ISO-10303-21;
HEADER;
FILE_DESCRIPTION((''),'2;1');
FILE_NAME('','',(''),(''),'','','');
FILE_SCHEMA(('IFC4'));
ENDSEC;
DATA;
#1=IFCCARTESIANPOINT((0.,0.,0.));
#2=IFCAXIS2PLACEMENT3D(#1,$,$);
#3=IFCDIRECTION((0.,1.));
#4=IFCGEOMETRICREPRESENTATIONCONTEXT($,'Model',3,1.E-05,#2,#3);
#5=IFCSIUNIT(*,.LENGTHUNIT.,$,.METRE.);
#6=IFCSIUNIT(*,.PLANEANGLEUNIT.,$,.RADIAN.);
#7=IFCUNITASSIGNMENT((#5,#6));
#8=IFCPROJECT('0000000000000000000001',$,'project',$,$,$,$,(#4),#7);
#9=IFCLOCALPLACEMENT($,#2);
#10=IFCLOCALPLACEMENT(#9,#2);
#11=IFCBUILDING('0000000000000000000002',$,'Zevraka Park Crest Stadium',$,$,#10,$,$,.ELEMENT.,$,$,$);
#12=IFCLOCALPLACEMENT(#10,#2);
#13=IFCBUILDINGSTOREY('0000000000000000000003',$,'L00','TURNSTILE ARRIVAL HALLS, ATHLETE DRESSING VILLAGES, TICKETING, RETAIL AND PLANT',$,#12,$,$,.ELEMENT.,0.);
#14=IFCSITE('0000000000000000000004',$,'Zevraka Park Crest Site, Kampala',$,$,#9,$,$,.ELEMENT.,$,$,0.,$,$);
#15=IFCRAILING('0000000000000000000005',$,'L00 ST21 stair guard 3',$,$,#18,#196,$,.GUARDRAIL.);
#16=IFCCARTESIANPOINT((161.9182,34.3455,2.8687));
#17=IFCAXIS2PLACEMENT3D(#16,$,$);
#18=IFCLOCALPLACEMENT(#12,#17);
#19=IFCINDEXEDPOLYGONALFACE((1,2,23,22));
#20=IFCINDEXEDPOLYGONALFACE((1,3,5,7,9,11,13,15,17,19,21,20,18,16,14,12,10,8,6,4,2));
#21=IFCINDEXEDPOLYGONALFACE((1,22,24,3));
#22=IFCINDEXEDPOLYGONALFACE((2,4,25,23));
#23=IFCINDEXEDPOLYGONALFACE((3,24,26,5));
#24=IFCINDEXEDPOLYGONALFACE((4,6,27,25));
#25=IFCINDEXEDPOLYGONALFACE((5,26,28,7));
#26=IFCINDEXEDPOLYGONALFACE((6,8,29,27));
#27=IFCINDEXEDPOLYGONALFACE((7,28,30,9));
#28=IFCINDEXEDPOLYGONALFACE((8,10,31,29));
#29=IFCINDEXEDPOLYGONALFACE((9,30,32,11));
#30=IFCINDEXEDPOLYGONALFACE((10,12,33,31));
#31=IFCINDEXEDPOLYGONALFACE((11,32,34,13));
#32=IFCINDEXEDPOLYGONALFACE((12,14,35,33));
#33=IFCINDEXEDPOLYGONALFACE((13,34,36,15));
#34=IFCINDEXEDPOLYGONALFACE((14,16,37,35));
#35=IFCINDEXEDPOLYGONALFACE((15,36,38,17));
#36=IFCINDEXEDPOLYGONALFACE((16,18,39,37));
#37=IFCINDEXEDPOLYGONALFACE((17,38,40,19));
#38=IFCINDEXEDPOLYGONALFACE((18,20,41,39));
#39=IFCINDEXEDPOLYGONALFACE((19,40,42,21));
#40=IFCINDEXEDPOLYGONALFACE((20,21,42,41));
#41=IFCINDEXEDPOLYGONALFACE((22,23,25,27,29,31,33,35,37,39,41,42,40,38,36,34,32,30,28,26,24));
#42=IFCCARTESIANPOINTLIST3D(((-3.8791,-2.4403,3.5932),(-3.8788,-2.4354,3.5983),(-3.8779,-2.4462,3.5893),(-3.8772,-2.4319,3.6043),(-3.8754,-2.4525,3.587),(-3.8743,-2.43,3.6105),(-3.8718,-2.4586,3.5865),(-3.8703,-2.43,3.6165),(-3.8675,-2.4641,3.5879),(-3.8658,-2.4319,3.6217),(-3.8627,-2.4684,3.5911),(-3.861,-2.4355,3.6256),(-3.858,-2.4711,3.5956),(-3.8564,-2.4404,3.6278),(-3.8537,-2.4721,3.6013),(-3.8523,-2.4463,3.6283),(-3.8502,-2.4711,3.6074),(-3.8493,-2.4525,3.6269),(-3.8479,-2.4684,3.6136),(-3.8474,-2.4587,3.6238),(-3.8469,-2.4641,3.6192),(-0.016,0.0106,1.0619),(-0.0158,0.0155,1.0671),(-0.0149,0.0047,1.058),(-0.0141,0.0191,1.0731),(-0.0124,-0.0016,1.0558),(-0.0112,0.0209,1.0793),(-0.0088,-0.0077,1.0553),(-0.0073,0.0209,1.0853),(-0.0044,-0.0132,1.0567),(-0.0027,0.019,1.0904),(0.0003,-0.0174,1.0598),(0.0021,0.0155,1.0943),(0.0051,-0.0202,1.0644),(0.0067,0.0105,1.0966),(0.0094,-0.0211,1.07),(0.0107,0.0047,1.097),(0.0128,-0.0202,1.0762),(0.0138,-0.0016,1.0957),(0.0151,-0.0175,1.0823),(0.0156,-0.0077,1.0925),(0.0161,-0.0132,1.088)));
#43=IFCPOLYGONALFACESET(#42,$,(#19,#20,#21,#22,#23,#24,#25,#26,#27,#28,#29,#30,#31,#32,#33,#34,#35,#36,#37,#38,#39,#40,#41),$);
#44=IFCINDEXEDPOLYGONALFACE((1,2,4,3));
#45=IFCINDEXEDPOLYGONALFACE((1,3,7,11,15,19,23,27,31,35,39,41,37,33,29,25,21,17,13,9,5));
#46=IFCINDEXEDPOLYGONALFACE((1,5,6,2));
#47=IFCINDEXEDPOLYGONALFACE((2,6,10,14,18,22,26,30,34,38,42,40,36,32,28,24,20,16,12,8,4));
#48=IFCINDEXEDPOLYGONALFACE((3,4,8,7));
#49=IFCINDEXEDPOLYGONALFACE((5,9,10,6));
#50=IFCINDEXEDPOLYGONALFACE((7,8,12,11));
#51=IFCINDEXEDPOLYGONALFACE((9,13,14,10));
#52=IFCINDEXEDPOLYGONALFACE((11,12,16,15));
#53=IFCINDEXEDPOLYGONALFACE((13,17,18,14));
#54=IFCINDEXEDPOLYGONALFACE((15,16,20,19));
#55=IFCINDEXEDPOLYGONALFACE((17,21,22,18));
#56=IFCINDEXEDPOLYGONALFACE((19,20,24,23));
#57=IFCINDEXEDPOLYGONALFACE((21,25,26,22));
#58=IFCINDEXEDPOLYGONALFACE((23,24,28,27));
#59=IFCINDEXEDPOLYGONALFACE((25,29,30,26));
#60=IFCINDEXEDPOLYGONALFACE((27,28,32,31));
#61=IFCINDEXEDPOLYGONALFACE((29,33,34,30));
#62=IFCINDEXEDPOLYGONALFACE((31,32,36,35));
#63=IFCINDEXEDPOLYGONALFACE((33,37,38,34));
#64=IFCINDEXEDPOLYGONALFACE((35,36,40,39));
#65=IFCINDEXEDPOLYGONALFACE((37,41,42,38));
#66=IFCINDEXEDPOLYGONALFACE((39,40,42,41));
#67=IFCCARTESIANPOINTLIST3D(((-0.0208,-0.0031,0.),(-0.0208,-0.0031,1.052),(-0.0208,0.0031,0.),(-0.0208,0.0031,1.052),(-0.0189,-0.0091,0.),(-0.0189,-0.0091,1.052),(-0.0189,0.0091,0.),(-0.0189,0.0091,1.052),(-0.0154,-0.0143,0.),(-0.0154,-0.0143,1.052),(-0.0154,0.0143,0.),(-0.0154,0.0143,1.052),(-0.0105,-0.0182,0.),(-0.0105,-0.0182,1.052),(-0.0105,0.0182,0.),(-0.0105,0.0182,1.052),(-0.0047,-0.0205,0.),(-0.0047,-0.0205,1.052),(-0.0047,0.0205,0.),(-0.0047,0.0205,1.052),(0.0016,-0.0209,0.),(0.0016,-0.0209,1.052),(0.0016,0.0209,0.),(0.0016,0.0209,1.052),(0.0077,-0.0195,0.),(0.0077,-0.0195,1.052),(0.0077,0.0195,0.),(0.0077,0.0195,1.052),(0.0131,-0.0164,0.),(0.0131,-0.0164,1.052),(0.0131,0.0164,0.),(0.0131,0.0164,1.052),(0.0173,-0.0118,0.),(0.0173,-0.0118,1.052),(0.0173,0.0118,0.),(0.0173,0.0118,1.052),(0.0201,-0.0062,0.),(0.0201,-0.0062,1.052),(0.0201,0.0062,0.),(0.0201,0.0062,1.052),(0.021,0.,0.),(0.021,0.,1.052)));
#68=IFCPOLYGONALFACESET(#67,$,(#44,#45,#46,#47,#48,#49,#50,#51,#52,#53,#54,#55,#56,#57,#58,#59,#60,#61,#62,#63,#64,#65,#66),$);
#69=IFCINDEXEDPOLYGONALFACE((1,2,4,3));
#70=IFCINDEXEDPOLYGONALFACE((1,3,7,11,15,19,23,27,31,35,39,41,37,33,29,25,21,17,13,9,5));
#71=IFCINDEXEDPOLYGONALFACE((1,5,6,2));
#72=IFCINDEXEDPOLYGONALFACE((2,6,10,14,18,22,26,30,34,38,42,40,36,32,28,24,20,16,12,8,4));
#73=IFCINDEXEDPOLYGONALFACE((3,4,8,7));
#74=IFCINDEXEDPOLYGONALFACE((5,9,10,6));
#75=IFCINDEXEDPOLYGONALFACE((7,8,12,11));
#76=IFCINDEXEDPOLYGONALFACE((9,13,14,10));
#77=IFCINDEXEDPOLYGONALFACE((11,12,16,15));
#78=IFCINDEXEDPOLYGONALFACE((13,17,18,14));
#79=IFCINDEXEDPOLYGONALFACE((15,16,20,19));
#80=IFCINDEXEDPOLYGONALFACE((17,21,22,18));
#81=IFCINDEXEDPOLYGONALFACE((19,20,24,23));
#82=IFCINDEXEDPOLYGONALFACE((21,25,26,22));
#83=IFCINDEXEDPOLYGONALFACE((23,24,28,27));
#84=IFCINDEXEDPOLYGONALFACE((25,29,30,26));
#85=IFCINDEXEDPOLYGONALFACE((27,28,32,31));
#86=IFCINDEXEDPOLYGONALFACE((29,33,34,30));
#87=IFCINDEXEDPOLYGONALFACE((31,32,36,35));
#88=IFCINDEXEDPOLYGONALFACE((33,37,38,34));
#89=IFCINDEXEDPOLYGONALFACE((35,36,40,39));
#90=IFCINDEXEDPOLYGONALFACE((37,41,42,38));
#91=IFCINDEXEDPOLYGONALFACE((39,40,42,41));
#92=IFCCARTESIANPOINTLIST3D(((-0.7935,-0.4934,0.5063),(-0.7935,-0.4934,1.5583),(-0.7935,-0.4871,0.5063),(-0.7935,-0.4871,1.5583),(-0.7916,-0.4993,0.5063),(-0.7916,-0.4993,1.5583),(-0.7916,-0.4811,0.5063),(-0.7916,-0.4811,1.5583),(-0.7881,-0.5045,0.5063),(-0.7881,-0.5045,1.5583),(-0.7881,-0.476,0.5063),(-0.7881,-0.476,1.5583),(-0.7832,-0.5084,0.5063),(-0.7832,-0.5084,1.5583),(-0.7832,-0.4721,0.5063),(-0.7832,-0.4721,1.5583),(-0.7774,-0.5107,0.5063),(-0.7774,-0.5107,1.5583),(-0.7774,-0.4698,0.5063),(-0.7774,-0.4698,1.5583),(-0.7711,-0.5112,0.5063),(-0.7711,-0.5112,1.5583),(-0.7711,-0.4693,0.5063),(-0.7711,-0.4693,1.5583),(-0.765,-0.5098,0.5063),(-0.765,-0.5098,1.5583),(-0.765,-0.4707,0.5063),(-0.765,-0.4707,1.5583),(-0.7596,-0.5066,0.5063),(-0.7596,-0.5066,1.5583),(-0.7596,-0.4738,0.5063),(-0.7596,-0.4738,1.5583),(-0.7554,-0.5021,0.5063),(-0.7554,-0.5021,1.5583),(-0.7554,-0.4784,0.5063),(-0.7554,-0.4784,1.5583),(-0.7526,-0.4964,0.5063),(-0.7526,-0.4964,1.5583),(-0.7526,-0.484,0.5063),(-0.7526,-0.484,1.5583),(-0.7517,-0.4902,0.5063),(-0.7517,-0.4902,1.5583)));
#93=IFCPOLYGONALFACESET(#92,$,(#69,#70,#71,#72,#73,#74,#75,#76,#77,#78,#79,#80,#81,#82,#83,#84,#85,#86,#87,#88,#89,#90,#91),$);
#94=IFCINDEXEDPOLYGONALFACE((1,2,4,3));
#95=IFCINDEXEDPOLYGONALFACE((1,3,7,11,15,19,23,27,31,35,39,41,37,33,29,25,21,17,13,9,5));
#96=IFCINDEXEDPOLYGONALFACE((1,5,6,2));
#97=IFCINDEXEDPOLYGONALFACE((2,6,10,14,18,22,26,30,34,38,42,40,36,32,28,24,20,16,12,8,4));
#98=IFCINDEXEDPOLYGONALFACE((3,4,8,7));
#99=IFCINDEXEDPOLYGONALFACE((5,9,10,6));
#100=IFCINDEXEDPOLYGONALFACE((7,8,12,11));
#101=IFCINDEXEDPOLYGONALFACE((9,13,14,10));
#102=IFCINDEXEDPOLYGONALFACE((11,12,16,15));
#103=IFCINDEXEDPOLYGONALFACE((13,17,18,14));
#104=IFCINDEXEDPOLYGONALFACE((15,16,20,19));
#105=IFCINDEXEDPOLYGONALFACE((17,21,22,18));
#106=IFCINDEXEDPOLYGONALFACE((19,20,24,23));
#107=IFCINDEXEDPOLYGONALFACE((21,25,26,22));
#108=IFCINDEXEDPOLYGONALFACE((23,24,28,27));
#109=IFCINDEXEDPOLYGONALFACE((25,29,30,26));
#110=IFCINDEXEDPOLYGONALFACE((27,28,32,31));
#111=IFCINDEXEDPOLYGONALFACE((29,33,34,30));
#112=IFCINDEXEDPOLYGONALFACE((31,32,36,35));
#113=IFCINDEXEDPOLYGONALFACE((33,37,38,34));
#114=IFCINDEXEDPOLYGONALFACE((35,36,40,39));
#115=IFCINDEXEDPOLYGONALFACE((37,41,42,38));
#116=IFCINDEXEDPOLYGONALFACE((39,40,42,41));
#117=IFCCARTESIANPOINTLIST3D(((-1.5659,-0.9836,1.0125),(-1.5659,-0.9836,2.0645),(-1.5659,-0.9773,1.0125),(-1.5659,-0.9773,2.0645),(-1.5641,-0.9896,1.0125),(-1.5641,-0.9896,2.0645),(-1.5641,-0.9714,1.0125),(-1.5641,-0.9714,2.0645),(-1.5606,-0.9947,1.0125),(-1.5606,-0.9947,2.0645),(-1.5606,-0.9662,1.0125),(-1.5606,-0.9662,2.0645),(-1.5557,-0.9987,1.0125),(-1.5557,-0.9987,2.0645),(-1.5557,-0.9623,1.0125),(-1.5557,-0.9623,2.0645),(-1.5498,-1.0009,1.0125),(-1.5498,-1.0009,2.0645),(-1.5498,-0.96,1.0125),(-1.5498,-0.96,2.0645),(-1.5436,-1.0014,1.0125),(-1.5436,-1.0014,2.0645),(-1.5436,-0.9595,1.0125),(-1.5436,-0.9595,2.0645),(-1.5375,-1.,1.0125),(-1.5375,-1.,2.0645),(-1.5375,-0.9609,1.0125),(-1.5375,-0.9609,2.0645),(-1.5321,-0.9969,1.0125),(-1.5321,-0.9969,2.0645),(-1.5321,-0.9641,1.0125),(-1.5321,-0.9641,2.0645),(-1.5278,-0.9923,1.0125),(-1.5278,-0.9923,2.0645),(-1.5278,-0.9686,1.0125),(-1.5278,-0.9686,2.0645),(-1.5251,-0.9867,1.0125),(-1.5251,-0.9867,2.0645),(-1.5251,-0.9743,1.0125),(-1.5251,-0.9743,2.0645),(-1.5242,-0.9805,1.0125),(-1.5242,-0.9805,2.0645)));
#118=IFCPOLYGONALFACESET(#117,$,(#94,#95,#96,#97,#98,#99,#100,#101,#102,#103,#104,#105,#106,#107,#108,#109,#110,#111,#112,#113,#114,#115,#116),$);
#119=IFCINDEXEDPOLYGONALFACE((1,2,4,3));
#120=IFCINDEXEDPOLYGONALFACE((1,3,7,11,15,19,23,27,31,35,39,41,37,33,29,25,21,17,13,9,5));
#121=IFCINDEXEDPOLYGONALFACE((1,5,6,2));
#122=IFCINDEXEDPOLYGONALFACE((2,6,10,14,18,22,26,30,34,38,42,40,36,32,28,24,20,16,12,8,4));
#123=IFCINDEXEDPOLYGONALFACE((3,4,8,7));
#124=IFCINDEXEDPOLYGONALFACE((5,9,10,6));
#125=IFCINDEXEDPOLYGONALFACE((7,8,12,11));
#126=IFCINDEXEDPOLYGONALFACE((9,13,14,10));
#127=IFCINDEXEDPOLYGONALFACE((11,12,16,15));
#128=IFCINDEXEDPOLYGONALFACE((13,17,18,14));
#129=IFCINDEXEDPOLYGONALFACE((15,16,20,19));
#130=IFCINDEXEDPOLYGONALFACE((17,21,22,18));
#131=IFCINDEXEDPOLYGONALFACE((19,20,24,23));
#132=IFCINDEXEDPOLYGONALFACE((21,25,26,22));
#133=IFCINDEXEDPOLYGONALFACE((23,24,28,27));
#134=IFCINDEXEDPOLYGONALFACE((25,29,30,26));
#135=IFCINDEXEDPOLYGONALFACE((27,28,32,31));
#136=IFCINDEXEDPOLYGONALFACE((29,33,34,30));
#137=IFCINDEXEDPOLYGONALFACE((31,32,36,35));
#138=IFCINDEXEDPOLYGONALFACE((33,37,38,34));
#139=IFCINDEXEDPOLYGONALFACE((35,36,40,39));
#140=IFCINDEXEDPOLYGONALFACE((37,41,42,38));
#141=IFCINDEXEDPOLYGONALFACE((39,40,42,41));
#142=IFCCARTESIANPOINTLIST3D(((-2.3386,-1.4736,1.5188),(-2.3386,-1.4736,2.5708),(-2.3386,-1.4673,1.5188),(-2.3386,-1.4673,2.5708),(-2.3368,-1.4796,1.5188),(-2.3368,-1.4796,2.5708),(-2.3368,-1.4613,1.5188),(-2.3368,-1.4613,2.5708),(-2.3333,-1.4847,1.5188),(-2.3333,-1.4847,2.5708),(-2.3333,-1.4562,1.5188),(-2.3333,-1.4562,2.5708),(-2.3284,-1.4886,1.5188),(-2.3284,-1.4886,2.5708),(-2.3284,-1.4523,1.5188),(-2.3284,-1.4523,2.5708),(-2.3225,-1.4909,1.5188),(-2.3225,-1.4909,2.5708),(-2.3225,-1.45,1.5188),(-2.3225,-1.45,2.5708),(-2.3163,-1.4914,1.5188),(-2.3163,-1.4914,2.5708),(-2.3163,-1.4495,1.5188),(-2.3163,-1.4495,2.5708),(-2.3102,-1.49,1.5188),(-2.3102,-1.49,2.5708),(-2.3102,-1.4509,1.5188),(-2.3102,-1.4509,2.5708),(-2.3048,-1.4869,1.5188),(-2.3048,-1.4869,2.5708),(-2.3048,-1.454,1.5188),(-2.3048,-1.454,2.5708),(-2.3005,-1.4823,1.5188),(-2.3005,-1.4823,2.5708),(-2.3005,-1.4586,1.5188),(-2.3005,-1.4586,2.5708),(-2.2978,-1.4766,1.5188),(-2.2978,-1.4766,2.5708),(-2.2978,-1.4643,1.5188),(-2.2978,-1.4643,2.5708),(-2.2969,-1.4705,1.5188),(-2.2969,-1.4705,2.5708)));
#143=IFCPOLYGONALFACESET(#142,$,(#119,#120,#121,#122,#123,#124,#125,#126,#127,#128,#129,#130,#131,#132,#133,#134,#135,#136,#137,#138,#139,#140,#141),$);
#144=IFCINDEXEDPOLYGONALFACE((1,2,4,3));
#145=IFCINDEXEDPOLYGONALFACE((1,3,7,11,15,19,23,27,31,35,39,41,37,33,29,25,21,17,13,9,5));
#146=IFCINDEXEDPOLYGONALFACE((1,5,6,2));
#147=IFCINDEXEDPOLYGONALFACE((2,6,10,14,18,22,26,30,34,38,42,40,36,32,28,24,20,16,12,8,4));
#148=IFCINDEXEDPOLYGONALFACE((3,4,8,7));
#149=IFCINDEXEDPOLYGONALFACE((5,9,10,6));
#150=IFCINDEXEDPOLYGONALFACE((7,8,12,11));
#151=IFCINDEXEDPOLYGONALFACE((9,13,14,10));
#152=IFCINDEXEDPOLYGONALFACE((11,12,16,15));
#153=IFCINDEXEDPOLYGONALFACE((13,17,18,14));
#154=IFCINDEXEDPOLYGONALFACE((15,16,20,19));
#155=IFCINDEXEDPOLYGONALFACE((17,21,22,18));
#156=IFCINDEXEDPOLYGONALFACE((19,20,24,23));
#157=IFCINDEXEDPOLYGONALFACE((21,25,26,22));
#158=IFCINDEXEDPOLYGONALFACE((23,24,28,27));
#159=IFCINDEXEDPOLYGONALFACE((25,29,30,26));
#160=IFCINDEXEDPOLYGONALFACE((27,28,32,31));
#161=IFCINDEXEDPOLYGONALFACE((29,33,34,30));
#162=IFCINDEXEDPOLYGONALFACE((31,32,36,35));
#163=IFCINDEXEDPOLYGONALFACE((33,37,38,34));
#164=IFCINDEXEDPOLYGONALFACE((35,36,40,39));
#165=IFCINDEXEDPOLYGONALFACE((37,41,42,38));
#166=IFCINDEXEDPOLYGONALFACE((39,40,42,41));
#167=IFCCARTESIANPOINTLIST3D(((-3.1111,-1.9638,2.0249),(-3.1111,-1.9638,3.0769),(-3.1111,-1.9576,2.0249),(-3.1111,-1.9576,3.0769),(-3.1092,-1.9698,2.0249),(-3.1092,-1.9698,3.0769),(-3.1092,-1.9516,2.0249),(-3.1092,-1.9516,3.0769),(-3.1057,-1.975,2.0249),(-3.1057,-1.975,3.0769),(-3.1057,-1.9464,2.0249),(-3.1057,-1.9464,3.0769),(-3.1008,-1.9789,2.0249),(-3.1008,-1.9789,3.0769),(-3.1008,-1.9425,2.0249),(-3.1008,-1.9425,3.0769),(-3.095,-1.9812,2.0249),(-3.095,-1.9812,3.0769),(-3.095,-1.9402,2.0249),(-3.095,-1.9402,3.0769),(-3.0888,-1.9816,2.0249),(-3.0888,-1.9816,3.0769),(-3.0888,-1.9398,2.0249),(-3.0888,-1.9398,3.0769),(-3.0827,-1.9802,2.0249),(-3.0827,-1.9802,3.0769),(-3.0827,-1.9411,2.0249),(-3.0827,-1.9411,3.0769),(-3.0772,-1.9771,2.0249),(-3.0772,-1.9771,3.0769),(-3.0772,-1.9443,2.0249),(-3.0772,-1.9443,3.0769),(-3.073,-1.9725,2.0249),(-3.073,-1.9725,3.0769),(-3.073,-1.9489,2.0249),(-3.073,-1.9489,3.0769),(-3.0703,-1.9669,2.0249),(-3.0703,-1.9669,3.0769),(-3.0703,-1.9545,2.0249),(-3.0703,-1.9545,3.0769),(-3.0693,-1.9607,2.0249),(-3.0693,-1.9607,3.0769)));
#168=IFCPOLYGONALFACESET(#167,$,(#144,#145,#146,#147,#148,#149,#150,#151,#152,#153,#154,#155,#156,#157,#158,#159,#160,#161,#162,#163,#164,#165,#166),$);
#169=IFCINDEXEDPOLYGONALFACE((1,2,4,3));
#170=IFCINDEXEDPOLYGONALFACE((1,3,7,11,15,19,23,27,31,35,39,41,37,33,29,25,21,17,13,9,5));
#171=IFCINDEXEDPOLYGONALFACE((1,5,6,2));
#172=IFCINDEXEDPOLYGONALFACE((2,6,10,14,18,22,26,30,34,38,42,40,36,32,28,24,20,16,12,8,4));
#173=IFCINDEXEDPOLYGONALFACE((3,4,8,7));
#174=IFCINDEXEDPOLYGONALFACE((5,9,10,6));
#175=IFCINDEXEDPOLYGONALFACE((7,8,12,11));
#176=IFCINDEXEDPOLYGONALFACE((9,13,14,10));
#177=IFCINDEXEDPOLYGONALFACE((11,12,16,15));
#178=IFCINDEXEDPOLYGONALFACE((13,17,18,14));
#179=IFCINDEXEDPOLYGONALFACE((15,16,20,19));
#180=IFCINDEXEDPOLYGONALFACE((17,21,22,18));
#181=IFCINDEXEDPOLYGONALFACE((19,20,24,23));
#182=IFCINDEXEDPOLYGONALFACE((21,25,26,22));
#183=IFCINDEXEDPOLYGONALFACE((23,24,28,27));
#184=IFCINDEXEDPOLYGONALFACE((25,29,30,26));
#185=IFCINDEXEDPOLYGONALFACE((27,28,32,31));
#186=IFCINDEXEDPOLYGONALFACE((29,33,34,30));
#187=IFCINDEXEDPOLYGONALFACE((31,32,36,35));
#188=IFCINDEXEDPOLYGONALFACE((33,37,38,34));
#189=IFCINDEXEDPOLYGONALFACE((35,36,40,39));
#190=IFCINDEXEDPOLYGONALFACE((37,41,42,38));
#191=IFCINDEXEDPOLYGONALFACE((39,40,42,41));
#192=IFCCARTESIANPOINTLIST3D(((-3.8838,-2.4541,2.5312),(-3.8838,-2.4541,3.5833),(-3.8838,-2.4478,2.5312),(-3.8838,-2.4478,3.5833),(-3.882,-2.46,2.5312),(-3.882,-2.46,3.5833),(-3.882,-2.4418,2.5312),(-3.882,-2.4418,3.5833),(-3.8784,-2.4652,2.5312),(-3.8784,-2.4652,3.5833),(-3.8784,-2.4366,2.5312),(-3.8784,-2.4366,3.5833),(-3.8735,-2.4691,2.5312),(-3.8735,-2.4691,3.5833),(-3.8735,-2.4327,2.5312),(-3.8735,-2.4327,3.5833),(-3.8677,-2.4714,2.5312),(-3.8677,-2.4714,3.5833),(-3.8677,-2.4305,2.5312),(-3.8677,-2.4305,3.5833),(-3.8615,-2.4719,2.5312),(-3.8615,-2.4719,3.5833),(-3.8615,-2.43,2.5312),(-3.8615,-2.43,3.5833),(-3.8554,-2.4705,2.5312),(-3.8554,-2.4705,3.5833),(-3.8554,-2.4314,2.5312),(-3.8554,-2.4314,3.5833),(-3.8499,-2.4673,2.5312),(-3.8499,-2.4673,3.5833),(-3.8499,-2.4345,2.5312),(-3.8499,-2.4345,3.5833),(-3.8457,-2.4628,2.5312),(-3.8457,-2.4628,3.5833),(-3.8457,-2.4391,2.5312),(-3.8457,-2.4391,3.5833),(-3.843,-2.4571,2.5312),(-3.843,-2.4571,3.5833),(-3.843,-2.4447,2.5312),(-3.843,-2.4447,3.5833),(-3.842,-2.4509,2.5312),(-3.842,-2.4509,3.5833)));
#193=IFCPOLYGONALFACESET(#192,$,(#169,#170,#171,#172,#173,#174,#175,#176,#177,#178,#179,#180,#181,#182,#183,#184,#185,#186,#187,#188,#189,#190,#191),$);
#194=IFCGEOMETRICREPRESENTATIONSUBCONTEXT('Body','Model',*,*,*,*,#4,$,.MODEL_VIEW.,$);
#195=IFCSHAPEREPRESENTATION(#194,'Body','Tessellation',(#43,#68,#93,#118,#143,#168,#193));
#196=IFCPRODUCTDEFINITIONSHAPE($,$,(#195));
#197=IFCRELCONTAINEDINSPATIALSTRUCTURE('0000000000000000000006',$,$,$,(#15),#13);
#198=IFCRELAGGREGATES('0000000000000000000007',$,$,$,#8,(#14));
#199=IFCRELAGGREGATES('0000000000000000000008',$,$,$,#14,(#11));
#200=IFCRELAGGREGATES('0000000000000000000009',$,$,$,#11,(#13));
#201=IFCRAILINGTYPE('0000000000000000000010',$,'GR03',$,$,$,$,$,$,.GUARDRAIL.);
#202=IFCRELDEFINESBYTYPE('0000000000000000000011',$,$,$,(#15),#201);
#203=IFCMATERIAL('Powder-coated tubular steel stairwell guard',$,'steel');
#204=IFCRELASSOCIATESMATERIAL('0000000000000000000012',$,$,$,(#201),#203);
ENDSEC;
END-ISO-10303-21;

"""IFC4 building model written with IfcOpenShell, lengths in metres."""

from ifc_helpers import new_model, si_unit, direction, frame, origin, origin_2d, place, context, subcontext, project, spatial, circle, extrude, material, type_object, element, save


model = new_model("IFC4")

# Units and contexts
model_context = context("Model", 3, precision=1e-05, world=origin(), true_north=direction((0.0, 1.0)))
body_context = subcontext(model_context, "Body", "Model", "MODEL_VIEW")
ifc_project = project(units=[si_unit("LENGTHUNIT", "METRE"), si_unit("PLANEANGLEUNIT", "RADIAN")], contexts=[model_context])

# Site, building, storey
site_placement = place(None, origin())
site = spatial("IfcSite", under=ifc_project, at=site_placement, Name="Zevraka Park Crest Site, Kampala", CompositionType="ELEMENT", RefElevation=0.0)
building_placement = place(site_placement, origin())
building = spatial("IfcBuilding", under=site, at=building_placement, Name="Zevraka Park Crest Stadium", CompositionType="ELEMENT")
storey_placement = place(building_placement, origin())
storey = spatial("IfcBuildingStorey", under=building, at=storey_placement, Name="L00", Description="TURNSTILE ARRIVAL HALLS, ATHLETE DRESSING VILLAGES, TICKETING, RETAIL AND PLANT", CompositionType="ELEMENT", Elevation=0.0)

# Railing
ifc_material_1 = material(Name="Powder-coated tubular steel stairwell guard", Category="steel")
railing_type_1 = type_object("IfcRailingType", Name="GR03", PredefinedType="GUARDRAIL", material=ifc_material_1)
railing_1_placement = place(storey_placement, frame((161.9182, 34.3455, 2.8687)))
element("IfcRailing", 1, at=railing_1_placement, inside=storey, type_object=railing_type_1, Name="L00 ST21 stair guard 3", PredefinedType="GUARDRAIL", context=body_context, shape_type="SweptSolid", body=[
    extrude(circle(Radius=0.0239, at=origin_2d()), frame((0.0, 0.0, 1.0762), z_axis=(-0.738841, -0.468762, 0.484124), x_axis=(0.535729, -0.84439, 0.0)), (0.0, 0.0, 1.0), 5.2285),
    extrude(circle(Radius=0.021, at=origin_2d()), origin(), (0.0, 0.0, 1.0), 1.052),
    extrude(circle(Radius=0.021, at=origin_2d()), frame((-0.7727, -0.4902, 0.5063)), (0.0, 0.0, 1.0), 1.052),
    extrude(circle(Radius=0.021, at=origin_2d()), frame((-1.5452, -0.9805, 1.0125)), (0.0, 0.0, 1.0), 1.052),
    extrude(circle(Radius=0.021, at=origin_2d()), frame((-2.3179, -1.4705, 1.5188)), (0.0, 0.0, 1.0), 1.052),
    extrude(circle(Radius=0.021, at=origin_2d()), frame((-3.0903, -1.9607, 2.0249)), (0.0, 0.0, 1.0), 1.052),
    extrude(circle(Radius=0.021, at=origin_2d()), frame((-3.863, -2.4509, 2.5312)), (0.0, 0.0, 1.0), 1.052),
])

save(model, "model.ifc")
